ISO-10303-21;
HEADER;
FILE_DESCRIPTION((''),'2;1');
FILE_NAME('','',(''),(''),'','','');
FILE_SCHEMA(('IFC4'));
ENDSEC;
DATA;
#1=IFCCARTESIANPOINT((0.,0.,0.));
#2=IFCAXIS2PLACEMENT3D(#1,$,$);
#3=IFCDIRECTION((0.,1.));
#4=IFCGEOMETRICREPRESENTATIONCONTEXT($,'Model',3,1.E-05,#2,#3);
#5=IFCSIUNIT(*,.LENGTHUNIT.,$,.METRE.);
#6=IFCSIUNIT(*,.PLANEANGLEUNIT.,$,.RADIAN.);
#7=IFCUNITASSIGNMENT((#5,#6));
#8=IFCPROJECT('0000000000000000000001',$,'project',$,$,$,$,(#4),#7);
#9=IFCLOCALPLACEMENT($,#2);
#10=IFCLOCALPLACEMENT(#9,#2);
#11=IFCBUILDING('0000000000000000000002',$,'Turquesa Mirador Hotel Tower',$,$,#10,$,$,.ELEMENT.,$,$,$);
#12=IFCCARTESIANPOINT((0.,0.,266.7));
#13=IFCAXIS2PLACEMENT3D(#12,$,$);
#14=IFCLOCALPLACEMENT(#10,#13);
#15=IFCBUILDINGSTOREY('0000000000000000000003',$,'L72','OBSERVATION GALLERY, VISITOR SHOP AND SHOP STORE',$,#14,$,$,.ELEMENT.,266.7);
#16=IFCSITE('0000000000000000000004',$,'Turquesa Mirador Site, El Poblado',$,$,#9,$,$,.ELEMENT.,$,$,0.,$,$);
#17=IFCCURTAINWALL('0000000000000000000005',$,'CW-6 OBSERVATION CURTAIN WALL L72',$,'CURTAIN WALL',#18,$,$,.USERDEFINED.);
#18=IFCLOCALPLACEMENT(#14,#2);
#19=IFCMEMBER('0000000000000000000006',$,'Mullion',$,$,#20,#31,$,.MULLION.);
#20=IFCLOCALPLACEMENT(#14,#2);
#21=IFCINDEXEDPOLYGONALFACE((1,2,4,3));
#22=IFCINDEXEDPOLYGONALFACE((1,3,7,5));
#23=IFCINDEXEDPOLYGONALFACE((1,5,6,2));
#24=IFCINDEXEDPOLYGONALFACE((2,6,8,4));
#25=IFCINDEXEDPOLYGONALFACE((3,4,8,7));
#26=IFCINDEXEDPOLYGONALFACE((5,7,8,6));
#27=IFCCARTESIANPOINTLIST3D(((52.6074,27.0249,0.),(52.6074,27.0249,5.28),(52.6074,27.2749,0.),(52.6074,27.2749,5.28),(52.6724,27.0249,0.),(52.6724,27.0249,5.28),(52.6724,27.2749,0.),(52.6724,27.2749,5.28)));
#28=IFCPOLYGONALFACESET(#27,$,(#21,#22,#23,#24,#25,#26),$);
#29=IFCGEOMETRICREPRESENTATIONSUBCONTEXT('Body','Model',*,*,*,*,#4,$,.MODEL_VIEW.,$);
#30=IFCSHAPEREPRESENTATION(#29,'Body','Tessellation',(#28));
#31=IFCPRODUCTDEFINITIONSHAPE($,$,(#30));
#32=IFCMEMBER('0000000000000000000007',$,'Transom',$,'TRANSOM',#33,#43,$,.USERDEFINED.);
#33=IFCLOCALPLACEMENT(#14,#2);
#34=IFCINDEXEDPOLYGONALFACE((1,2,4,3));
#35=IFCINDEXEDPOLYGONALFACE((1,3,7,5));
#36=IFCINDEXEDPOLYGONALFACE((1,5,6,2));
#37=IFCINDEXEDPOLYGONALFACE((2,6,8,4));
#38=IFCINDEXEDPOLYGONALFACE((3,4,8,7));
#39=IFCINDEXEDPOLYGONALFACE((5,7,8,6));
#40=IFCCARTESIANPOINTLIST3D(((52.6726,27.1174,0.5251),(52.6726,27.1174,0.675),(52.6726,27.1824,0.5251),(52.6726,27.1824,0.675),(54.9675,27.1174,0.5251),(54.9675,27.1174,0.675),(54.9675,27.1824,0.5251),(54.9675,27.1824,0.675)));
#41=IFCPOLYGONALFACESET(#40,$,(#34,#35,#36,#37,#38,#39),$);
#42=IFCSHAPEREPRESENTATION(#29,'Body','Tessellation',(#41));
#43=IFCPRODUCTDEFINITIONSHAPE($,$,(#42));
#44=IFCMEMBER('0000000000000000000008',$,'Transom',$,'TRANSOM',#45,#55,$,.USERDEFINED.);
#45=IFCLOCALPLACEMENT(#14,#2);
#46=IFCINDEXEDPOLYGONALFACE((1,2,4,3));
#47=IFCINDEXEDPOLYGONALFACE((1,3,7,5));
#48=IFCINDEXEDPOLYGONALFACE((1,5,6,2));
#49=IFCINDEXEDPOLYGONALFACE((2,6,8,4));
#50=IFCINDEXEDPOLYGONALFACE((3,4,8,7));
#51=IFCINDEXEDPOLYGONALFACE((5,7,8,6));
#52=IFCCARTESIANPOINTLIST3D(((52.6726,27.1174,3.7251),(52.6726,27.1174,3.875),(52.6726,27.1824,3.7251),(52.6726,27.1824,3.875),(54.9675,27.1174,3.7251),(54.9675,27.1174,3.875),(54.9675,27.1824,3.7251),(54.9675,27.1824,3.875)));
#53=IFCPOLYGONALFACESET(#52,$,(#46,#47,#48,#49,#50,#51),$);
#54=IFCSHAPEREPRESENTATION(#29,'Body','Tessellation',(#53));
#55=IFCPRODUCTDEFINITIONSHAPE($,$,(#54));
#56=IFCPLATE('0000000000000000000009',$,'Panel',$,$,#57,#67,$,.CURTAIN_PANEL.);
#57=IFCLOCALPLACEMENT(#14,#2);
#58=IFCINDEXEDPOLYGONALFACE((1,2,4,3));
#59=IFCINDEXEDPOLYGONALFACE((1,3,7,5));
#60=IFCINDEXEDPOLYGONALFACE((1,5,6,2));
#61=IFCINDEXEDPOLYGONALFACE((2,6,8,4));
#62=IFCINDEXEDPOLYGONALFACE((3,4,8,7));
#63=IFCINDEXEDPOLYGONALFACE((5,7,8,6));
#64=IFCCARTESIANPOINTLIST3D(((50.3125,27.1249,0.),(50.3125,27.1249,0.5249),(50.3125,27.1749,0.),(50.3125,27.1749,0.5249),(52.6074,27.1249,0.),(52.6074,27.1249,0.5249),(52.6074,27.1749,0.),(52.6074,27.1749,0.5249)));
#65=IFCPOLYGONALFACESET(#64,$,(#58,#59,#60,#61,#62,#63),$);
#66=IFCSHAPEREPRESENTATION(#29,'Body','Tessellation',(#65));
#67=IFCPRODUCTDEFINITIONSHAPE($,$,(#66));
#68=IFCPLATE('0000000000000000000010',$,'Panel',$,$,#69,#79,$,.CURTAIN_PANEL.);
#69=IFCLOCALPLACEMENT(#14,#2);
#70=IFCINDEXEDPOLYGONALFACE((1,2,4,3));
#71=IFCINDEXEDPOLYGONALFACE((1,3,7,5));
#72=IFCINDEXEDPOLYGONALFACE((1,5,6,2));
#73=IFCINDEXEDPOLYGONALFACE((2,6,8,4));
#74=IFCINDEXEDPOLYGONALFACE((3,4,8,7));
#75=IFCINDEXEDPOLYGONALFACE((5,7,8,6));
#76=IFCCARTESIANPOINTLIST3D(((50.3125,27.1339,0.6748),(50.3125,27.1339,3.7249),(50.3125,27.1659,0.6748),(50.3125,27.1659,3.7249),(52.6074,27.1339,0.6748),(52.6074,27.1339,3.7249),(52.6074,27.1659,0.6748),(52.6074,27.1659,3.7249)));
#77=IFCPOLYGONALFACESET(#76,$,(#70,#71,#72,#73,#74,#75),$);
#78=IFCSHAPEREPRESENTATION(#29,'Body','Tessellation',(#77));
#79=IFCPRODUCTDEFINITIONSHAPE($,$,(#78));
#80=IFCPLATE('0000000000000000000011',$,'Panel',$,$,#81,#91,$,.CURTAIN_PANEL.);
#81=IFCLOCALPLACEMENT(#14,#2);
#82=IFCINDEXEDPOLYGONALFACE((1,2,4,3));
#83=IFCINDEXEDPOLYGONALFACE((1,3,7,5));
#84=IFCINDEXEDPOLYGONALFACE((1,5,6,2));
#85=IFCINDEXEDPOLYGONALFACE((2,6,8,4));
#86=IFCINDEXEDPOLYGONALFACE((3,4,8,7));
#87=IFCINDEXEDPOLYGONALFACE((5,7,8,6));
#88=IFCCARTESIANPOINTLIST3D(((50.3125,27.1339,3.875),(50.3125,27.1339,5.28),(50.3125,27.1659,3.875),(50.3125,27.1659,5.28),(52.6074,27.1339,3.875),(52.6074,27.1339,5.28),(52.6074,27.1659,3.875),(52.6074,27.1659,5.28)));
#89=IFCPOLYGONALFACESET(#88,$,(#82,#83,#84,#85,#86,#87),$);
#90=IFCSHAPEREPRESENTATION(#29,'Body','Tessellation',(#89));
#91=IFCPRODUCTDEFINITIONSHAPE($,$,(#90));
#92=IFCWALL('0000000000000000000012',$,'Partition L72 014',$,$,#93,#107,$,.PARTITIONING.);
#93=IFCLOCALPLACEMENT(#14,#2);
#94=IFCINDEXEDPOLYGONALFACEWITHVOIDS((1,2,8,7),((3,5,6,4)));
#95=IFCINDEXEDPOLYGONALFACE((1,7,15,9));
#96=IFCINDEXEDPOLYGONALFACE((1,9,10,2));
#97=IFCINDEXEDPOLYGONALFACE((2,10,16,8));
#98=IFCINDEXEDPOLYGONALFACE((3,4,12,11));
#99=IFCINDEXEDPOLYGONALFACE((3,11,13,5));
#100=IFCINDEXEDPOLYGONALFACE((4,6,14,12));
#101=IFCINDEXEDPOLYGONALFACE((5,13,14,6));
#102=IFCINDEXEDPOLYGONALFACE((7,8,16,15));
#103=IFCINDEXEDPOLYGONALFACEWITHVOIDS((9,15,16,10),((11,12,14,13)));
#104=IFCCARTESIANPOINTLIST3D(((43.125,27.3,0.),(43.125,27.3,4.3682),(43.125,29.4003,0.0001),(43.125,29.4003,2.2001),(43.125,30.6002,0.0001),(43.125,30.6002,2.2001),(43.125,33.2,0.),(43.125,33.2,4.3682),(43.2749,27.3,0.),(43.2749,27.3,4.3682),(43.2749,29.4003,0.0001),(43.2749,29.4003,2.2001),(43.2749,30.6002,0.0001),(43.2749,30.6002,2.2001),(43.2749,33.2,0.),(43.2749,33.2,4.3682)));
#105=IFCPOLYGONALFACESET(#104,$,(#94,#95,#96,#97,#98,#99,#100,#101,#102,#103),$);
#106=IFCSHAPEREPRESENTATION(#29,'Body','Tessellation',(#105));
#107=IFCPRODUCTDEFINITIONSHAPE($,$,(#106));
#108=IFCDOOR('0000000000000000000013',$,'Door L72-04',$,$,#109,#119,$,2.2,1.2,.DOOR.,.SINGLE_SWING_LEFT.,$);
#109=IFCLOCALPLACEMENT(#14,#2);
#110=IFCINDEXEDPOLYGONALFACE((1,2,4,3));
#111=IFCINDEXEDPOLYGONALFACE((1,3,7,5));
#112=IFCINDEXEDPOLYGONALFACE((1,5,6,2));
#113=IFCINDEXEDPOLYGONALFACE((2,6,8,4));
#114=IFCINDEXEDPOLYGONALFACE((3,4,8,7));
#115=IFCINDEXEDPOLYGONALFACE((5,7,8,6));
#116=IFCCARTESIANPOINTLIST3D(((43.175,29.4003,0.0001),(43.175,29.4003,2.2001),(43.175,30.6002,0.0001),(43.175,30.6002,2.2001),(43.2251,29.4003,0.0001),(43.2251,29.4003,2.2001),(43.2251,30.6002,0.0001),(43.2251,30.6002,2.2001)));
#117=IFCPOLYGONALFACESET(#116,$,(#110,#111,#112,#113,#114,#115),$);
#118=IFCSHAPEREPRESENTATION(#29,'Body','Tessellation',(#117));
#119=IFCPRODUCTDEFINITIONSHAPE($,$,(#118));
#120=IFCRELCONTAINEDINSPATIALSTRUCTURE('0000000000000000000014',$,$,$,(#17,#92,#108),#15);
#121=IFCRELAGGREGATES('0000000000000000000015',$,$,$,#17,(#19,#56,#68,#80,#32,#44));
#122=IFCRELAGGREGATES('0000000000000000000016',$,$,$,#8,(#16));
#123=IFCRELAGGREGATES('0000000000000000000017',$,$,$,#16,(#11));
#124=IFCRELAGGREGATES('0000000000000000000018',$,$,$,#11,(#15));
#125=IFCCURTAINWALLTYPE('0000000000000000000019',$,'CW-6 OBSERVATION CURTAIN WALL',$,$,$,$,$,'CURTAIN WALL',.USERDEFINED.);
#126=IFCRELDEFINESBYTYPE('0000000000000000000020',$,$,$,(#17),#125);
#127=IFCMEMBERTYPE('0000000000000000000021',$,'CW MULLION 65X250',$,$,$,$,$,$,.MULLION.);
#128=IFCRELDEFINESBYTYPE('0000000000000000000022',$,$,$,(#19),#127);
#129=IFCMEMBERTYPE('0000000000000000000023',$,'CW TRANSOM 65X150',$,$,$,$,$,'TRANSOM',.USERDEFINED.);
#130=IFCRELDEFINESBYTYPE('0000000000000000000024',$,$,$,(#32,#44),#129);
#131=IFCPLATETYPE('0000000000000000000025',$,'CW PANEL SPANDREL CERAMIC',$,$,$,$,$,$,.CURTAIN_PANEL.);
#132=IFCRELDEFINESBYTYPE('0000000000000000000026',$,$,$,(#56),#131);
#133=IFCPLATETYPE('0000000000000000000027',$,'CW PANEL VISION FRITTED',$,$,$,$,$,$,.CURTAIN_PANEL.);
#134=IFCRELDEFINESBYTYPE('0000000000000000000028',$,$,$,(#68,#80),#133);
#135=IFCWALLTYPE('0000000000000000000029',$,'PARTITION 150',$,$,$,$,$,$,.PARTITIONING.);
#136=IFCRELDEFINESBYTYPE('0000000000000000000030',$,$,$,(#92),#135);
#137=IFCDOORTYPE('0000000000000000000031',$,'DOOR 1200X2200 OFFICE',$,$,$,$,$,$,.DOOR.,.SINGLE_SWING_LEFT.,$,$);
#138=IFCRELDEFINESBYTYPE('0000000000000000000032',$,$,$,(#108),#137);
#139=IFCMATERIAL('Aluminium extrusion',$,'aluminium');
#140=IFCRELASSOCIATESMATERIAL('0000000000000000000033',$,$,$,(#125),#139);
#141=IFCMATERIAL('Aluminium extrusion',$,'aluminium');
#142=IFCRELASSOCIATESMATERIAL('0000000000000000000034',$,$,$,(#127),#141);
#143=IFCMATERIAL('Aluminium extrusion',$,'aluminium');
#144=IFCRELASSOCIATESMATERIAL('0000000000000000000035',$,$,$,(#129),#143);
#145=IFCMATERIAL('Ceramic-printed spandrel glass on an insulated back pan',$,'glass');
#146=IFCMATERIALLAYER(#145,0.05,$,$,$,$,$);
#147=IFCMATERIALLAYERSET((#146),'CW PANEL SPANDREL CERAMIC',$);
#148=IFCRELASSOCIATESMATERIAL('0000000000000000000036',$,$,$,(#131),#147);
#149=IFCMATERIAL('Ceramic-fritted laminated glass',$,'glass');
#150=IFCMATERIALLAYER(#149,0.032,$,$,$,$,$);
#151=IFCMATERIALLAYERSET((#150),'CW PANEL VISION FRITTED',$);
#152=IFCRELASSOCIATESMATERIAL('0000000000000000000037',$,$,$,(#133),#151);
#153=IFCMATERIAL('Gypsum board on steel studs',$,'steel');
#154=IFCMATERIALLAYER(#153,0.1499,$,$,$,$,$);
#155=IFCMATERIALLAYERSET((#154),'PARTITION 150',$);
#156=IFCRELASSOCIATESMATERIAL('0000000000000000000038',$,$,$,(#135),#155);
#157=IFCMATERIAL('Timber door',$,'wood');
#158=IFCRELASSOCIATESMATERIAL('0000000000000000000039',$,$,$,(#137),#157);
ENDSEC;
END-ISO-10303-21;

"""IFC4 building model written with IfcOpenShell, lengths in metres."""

from ifc_helpers import new_model, si_unit, direction, frame, frame_2d, origin, origin_2d, place, context, subcontext, project, spatial, rectangle, extrude, material, layer, layer_set, material_profile, profile_set, type_object, element, fill, aggregate, save


model = new_model("IFC4")

# Units and contexts
model_context = context("Model", 3, precision=1e-05, world=origin(), true_north=direction((0.0, 1.0)))
body_context = subcontext(model_context, "Body", "Model", "MODEL_VIEW")
ifc_project = project(units=[si_unit("LENGTHUNIT", "METRE"), si_unit("PLANEANGLEUNIT", "RADIAN")], contexts=[model_context])

# Site, building, storey
site_placement = place(None, origin())
site = spatial("IfcSite", under=ifc_project, at=site_placement, Name="Turquesa Mirador Site, El Poblado", CompositionType="ELEMENT", RefElevation=0.0)
building_placement = place(site_placement, origin())
building = spatial("IfcBuilding", under=site, at=building_placement, Name="Turquesa Mirador Hotel Tower", CompositionType="ELEMENT")
storey_placement = place(building_placement, frame((0.0, 0.0, 266.7)))
storey = spatial("IfcBuildingStorey", under=building, at=storey_placement, Name="L72", Description="OBSERVATION GALLERY, VISITOR SHOP AND SHOP STORE", CompositionType="ELEMENT", Elevation=266.7)

# Curtain wall, members, plates
ifc_material_1 = material(Name="Aluminium extrusion", Category="aluminium")
curtain_wall_type = type_object("IfcCurtainWallType", Name="CW-6 OBSERVATION CURTAIN WALL", ElementType="CURTAIN WALL", PredefinedType="USERDEFINED", material=ifc_material_1)
curtain_wall_placement = place(storey_placement, origin())
curtain_wall = element("IfcCurtainWall", 1, at=curtain_wall_placement, inside=storey, type_object=curtain_wall_type, Name="CW-6 OBSERVATION CURTAIN WALL L72", ObjectType="CURTAIN WALL", PredefinedType="USERDEFINED")
ifc_material_2 = material(Name="Aluminium extrusion", Category="aluminium")
ifc_material_profile_1 = material_profile(ifc_material_2, rectangle(XDim=0.0649, YDim=0.25, at=origin_2d()), Name="MULLION 65X250")
ifc_profile_set_1 = profile_set([ifc_material_profile_1], Name="Aluminium extrusion")
member_type_1 = type_object("IfcMemberType", Name="CW MULLION 65X250", PredefinedType="MULLION", material=ifc_profile_set_1)
member_1_placement = place(storey_placement, frame((52.6399, 27.1499, 0.0), z_axis=(0.0, 0.0, 1.0), x_axis=(1.0, 0.0, 0.0)))
member_1 = element("IfcMember", 2, at=member_1_placement, type_object=member_type_1, Name="Mullion", PredefinedType="MULLION", context=body_context, shape_type="SweptSolid", body=[
    extrude(rectangle(XDim=0.0649, YDim=0.25, at=origin_2d()), origin(), (0.0, 0.0, 1.0), 5.28),
])
ifc_material_3 = material(Name="Aluminium extrusion", Category="aluminium")
ifc_material_profile_2 = material_profile(ifc_material_3, rectangle(XDim=0.0649, YDim=0.1499, at=origin_2d()), Name="TRANSOM 65X150")
ifc_profile_set_2 = profile_set([ifc_material_profile_2], Name="Aluminium extrusion")
member_type_2 = type_object("IfcMemberType", Name="CW TRANSOM 65X150", ElementType="TRANSOM", PredefinedType="USERDEFINED", material=ifc_profile_set_2)
member_2_placement = place(storey_placement, frame((52.6726, 27.1499, 0.6001), z_axis=(1.0, 0.0, 0.0), x_axis=(0.0, 1.0, 0.0)))
member_2 = element("IfcMember", 3, at=member_2_placement, type_object=member_type_2, Name="Transom", ObjectType="TRANSOM", PredefinedType="USERDEFINED", context=body_context, shape_type="SweptSolid", body=[
    extrude(rectangle(XDim=0.0649, YDim=0.1499, at=origin_2d()), origin(), (0.0, 0.0, 1.0), 2.2949),
])
member_3_placement = place(storey_placement, frame((52.6726, 27.1499, 3.8), z_axis=(1.0, 0.0, 0.0), x_axis=(0.0, 1.0, 0.0)))
member_3 = element("IfcMember", 4, at=member_3_placement, type_object=member_type_2, Name="Transom", ObjectType="TRANSOM", PredefinedType="USERDEFINED", context=body_context, shape_type="SweptSolid", body=[
    extrude(rectangle(XDim=0.0649, YDim=0.1499, at=origin_2d()), origin(), (0.0, 0.0, 1.0), 2.2949),
])
ifc_material_4 = material(Name="Ceramic-printed spandrel glass on an insulated back pan", Category="glass")
ifc_layer_1 = layer(ifc_material_4, 0.05)
ifc_layer_set_1 = layer_set([ifc_layer_1], Name="CW PANEL SPANDREL CERAMIC")
plate_type_1 = type_object("IfcPlateType", Name="CW PANEL SPANDREL CERAMIC", PredefinedType="CURTAIN_PANEL", material=ifc_layer_set_1)
plate_1_placement = place(storey_placement, frame((51.46, 27.1499, 0.0), z_axis=(0.0, 0.0, 1.0), x_axis=(1.0, 0.0, 0.0)))
plate_1 = element("IfcPlate", 5, at=plate_1_placement, type_object=plate_type_1, Name="Panel", PredefinedType="CURTAIN_PANEL", context=body_context, shape_type="SweptSolid", body=[
    extrude(rectangle(XDim=2.2949, YDim=0.05, at=origin_2d()), origin(), (0.0, 0.0, 1.0), 0.5249),
])
ifc_material_5 = material(Name="Ceramic-fritted laminated glass", Category="glass")
ifc_layer_2 = layer(ifc_material_5, 0.032)
ifc_layer_set_2 = layer_set([ifc_layer_2], Name="CW PANEL VISION FRITTED")
plate_type_2 = type_object("IfcPlateType", Name="CW PANEL VISION FRITTED", PredefinedType="CURTAIN_PANEL", material=ifc_layer_set_2)
plate_2_placement = place(storey_placement, frame((51.46, 27.1499, 0.6748), z_axis=(0.0, 0.0, 1.0), x_axis=(1.0, 0.0, 0.0)))
plate_2 = element("IfcPlate", 6, at=plate_2_placement, type_object=plate_type_2, Name="Panel", PredefinedType="CURTAIN_PANEL", context=body_context, shape_type="SweptSolid", body=[
    extrude(rectangle(XDim=2.2949, YDim=0.032, at=origin_2d()), origin(), (0.0, 0.0, 1.0), 3.05),
])
plate_3_placement = place(storey_placement, frame((51.46, 27.1499, 3.875), z_axis=(0.0, 0.0, 1.0), x_axis=(1.0, 0.0, 0.0)))
plate_3 = element("IfcPlate", 7, at=plate_3_placement, type_object=plate_type_2, Name="Panel", PredefinedType="CURTAIN_PANEL", context=body_context, shape_type="SweptSolid", body=[
    extrude(rectangle(XDim=2.2949, YDim=0.032, at=origin_2d()), origin(), (0.0, 0.0, 1.0), 1.405),
])
aggregate(curtain_wall, [member_1, plate_1, plate_2, plate_3, member_2, member_3])

# Wall, opening, door
ifc_material_6 = material(Name="Gypsum board on steel studs", Category="steel")
ifc_layer_3 = layer(ifc_material_6, 0.1499)
ifc_layer_set_3 = layer_set([ifc_layer_3], Name="PARTITION 150")
wall_type = type_object("IfcWallType", Name="PARTITION 150", PredefinedType="PARTITIONING", material=ifc_layer_set_3)
wall_placement = place(storey_placement, frame((43.2, 27.3, 0.0), z_axis=(0.0, 0.0, 1.0), x_axis=(0.0, 1.0, 0.0)))
wall = element("IfcWall", 8, at=wall_placement, inside=storey, type_object=wall_type, Name="Partition L72 014", PredefinedType="PARTITIONING", context=body_context, shape_type="SweptSolid", body=[
    extrude(rectangle(XDim=5.8999, YDim=0.1499, at=frame_2d((2.95, 0.0))), origin(), (0.0, 0.0, 1.0), 4.3682),
])
opening_placement = place(wall_placement, frame((2.1001, 0.0, 0.0)))
opening = element("IfcOpeningElement", 9, at=opening_placement, cuts=wall, PredefinedType="OPENING", context=body_context, shape_type="SweptSolid", body=[
    extrude(rectangle(XDim=1.2, YDim=2.2, at=frame_2d((0.6001, 1.1001))), frame((0.0, 0.085, 0.0), z_axis=(0.0, -1.0, 0.0), x_axis=(1.0, 0.0, 0.0)), (0.0, 0.0, 1.0), 0.1699),
])
ifc_material_7 = material(Name="Timber door", Category="wood")
door_type = type_object("IfcDoorType", Name="DOOR 1200X2200 OFFICE", OperationType="SINGLE_SWING_LEFT", PredefinedType="DOOR", material=ifc_material_7)
door_placement = place(opening_placement, origin())
door = element("IfcDoor", 10, at=door_placement, inside=storey, type_object=door_type, Name="Door L72-04", OperationType="SINGLE_SWING_LEFT", OverallHeight=2.2, OverallWidth=1.2, PredefinedType="DOOR", context=body_context, shape_type="SweptSolid", body=[
    extrude(rectangle(XDim=1.2, YDim=2.2, at=frame_2d((0.6001, 1.1001))), frame((0.0, 0.0249, 0.0), z_axis=(0.0, -1.0, 0.0), x_axis=(1.0, 0.0, 0.0)), (0.0, 0.0, 1.0), 0.05),
])
fill(opening, door)

save(model, "model.ifc")
